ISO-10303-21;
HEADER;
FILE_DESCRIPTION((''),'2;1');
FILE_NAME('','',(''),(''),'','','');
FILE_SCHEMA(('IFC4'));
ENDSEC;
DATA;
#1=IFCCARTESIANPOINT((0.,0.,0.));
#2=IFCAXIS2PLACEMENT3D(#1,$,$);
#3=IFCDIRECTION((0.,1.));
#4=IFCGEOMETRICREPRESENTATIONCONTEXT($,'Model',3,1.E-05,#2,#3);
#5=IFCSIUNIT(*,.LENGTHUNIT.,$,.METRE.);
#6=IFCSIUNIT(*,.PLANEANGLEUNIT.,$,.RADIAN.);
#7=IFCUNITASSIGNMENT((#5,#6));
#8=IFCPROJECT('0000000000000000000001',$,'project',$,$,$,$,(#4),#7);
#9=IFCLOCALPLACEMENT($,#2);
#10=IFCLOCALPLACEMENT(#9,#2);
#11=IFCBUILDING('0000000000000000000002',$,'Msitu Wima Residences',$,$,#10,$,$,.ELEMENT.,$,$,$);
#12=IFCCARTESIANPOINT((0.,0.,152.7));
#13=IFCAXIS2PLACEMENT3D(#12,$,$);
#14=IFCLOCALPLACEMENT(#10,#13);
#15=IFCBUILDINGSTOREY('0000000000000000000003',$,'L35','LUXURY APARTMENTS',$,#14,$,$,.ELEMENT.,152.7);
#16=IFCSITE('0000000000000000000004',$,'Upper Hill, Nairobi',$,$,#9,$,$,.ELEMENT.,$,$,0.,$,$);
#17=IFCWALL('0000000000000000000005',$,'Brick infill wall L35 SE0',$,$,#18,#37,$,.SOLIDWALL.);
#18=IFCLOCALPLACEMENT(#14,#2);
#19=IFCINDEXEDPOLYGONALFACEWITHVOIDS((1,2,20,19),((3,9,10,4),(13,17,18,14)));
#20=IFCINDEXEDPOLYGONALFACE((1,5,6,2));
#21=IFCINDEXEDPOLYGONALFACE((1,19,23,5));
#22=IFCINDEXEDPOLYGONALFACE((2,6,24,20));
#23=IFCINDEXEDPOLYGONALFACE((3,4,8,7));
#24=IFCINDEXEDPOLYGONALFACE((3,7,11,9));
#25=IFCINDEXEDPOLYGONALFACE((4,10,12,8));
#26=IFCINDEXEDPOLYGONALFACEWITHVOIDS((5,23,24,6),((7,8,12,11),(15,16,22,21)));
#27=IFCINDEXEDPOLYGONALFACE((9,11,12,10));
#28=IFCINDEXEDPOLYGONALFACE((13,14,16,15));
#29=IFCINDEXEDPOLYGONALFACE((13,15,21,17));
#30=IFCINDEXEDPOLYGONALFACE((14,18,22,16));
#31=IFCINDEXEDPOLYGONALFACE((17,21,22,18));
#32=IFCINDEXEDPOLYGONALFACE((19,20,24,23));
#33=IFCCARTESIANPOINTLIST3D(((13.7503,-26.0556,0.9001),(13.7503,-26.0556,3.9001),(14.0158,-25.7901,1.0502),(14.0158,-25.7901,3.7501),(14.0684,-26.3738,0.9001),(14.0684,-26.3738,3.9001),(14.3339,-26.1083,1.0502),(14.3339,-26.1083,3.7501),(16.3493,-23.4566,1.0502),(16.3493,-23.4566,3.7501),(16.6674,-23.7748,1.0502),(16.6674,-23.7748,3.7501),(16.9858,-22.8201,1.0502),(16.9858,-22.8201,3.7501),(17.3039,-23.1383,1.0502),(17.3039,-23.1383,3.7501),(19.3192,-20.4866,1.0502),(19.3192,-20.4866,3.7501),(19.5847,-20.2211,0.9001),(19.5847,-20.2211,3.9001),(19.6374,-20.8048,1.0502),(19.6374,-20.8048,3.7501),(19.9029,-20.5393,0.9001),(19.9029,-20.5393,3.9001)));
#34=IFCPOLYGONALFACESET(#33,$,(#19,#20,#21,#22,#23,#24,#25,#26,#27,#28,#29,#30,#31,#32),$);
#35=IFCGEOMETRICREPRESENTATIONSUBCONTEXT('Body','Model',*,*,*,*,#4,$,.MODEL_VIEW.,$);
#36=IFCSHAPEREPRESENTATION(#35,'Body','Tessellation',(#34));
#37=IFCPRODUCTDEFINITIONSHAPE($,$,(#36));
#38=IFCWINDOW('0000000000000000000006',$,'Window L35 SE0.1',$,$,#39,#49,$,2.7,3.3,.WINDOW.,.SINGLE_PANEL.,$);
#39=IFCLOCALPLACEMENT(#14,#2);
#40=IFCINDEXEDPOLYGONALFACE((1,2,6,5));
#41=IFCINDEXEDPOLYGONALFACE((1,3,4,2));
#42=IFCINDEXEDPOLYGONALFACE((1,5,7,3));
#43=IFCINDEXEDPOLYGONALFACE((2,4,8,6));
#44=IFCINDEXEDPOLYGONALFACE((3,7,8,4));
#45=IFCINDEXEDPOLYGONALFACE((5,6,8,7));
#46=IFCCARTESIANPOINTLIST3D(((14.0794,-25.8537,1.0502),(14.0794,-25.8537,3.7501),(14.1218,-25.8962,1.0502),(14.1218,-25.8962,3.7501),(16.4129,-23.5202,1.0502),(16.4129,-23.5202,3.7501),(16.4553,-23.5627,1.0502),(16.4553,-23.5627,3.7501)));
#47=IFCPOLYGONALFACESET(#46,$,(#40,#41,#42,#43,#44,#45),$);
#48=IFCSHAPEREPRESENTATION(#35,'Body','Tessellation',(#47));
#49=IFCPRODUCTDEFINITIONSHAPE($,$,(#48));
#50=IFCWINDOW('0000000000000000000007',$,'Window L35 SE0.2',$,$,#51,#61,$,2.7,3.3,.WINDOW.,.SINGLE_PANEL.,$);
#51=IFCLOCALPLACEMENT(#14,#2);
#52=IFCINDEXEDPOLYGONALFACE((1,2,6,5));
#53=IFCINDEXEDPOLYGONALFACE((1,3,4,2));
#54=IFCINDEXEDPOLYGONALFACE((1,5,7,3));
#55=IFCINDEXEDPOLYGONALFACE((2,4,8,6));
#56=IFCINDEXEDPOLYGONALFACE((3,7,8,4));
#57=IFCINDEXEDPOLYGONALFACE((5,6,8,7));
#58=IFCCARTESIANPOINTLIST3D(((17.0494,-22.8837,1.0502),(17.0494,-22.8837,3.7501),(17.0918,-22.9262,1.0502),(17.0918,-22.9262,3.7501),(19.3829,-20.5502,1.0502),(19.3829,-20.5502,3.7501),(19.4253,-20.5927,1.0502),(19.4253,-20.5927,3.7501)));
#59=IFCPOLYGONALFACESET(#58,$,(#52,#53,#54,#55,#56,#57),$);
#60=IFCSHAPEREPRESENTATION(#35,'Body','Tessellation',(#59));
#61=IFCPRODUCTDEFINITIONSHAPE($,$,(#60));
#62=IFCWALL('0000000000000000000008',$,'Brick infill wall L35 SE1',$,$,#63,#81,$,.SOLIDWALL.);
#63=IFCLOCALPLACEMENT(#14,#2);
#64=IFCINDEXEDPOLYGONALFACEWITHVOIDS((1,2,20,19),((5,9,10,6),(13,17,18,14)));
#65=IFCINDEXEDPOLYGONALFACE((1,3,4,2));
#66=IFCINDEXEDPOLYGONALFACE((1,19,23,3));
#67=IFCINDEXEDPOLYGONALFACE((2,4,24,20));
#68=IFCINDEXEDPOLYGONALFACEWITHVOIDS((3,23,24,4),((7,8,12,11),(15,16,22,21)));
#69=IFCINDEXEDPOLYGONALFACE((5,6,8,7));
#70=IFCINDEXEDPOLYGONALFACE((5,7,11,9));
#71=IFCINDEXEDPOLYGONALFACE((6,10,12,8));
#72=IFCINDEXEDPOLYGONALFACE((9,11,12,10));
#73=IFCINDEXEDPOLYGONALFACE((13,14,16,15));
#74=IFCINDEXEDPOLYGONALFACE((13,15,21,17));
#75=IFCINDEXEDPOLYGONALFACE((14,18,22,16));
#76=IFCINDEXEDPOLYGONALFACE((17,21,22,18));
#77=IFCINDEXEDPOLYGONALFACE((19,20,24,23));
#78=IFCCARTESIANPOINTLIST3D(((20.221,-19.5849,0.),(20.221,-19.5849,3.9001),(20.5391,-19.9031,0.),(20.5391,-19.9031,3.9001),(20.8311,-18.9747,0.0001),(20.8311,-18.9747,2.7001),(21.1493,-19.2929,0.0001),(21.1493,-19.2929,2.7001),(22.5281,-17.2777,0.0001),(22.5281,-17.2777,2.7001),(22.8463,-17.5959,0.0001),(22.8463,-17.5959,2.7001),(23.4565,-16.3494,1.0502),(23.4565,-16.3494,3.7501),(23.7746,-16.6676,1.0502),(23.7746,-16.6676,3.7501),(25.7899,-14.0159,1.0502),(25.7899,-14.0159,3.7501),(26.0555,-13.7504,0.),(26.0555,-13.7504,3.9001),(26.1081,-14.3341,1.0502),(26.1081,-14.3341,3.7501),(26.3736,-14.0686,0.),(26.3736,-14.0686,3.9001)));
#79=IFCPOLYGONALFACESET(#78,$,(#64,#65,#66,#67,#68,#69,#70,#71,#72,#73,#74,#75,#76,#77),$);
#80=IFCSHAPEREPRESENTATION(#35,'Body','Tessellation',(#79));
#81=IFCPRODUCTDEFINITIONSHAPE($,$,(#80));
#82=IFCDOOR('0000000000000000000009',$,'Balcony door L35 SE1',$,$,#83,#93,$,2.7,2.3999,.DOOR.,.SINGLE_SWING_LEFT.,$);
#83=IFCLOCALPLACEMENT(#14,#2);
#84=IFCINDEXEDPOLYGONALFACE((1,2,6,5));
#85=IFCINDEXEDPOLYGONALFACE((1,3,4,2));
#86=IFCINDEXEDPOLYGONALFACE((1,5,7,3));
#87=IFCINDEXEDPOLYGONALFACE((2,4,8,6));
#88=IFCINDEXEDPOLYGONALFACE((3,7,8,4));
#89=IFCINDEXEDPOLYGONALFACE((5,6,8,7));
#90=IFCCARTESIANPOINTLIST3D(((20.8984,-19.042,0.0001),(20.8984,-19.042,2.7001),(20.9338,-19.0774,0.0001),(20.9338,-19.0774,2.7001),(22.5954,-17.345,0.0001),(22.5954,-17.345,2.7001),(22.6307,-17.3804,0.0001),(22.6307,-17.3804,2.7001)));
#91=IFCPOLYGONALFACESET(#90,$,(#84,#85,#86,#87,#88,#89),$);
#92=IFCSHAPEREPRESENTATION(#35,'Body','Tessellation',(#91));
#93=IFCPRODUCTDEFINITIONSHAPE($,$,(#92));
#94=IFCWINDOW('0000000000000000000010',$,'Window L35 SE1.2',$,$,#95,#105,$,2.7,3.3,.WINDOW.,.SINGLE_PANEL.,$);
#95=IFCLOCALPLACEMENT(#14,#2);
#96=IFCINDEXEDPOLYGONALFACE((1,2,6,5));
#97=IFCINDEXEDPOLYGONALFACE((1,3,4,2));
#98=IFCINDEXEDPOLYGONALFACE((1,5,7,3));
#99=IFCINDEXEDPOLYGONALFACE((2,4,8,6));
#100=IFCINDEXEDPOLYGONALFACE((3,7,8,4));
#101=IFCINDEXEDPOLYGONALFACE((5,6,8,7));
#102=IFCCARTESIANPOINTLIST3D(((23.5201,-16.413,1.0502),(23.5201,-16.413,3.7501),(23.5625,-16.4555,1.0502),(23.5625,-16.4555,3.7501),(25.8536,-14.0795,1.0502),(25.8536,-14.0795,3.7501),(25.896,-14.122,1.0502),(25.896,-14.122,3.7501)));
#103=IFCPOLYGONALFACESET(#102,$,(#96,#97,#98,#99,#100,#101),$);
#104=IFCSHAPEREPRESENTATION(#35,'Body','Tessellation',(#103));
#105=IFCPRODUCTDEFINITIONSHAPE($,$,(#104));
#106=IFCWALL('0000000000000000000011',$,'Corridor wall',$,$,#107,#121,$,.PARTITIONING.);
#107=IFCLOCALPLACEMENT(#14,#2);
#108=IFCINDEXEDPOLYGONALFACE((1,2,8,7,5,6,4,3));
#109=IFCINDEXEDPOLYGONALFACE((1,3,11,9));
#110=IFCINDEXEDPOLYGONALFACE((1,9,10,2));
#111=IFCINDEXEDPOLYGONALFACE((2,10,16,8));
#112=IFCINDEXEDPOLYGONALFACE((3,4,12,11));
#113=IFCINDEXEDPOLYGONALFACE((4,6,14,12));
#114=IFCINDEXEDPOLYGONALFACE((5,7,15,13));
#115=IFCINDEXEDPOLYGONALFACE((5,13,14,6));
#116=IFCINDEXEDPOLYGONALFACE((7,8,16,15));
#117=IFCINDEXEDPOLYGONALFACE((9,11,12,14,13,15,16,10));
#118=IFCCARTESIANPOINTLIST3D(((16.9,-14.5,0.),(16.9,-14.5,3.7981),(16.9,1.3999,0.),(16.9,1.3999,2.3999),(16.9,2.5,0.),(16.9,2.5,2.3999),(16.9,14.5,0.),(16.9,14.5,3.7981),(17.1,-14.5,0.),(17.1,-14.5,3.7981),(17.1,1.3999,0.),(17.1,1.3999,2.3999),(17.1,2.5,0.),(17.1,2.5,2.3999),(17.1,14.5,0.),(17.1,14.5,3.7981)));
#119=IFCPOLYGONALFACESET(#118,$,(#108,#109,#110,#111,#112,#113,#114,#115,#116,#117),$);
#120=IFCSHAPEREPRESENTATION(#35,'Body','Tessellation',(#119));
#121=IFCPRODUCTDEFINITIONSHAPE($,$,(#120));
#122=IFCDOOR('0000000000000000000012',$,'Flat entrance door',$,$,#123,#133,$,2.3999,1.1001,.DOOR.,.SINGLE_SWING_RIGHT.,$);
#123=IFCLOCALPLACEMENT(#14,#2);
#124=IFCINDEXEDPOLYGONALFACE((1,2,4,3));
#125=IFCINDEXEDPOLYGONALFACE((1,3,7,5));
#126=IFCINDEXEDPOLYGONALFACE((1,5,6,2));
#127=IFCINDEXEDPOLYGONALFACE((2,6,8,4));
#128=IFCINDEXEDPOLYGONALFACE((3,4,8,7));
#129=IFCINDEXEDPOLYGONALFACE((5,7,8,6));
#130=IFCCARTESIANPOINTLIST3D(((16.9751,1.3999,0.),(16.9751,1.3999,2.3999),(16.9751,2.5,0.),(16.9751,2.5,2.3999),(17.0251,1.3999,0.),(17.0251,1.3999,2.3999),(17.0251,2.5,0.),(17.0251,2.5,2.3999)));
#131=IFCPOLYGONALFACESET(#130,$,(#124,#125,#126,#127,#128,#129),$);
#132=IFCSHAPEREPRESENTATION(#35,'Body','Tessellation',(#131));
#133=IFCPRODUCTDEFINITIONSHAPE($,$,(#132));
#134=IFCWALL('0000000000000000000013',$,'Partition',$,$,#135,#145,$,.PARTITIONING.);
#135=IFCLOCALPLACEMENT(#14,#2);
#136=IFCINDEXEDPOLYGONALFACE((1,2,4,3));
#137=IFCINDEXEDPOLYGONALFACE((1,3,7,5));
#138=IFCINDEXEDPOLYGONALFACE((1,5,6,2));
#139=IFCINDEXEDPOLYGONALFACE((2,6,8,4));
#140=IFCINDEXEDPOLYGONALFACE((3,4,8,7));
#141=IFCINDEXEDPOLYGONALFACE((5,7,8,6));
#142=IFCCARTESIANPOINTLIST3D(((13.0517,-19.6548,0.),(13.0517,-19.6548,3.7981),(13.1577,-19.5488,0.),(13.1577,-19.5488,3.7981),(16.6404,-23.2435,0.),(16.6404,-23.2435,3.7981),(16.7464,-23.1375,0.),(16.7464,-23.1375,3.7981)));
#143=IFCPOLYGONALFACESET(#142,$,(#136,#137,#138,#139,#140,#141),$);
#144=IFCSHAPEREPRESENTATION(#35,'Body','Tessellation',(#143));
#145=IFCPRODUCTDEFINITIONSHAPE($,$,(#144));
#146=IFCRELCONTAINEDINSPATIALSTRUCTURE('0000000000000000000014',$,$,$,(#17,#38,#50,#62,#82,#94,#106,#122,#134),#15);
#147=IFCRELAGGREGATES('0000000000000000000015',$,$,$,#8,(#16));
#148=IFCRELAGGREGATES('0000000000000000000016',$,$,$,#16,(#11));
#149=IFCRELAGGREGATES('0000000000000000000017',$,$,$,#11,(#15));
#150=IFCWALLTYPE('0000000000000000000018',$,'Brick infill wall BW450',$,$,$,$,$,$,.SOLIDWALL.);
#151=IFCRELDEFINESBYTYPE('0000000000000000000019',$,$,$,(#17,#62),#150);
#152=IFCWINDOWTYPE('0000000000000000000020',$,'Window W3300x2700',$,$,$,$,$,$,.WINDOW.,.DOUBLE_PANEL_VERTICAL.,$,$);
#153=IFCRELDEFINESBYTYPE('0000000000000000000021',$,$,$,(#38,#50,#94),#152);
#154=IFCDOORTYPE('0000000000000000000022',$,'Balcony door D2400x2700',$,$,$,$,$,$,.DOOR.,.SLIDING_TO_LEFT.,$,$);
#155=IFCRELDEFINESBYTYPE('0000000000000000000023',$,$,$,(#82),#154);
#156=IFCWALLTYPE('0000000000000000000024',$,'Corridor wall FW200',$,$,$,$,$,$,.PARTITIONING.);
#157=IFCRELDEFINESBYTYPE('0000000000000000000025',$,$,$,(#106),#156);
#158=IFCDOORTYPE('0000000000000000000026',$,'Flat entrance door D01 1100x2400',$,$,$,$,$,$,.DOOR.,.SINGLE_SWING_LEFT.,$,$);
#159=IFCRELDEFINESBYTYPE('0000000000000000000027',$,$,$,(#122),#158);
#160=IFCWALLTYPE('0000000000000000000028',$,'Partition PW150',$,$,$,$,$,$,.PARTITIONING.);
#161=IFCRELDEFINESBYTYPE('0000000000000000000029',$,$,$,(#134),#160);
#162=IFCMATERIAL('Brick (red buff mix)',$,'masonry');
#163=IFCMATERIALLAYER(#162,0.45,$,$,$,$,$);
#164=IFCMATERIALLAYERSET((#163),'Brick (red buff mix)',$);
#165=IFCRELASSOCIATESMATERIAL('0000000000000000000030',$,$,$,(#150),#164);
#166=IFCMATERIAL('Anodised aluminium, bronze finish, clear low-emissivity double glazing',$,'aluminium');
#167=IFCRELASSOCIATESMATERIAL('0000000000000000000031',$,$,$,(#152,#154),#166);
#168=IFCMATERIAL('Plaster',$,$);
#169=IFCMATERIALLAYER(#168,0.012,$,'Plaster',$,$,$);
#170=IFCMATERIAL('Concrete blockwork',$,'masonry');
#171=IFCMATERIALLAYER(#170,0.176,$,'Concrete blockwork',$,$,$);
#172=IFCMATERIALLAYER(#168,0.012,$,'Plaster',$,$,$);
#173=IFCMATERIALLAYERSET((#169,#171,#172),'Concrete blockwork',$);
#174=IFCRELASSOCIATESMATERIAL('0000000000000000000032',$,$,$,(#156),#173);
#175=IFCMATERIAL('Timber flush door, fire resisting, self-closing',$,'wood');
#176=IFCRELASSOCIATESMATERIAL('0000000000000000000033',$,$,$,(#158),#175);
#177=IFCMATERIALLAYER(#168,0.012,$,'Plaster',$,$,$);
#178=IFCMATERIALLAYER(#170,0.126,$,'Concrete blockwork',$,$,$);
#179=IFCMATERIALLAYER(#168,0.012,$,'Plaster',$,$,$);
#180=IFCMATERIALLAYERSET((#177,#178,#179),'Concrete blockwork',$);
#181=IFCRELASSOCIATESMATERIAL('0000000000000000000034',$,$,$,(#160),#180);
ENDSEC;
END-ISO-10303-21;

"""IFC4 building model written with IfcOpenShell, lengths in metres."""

from ifc_helpers import new_model, si_unit, direction, frame, frame_2d, origin, place, context, subcontext, project, spatial, rectangle, extrude, material, layer, layer_set, type_object, element, fill, save


model = new_model("IFC4")

# Units and contexts
model_context = context("Model", 3, precision=1e-05, world=origin(), true_north=direction((0.0, 1.0)))
body_context = subcontext(model_context, "Body", "Model", "MODEL_VIEW")
ifc_project = project(units=[si_unit("LENGTHUNIT", "METRE"), si_unit("PLANEANGLEUNIT", "RADIAN")], contexts=[model_context])

# Site, building, storey
site_placement = place(None, origin())
site = spatial("IfcSite", under=ifc_project, at=site_placement, Name="Upper Hill, Nairobi", CompositionType="ELEMENT", RefElevation=0.0)
building_placement = place(site_placement, origin())
building = spatial("IfcBuilding", under=site, at=building_placement, Name="Msitu Wima Residences", CompositionType="ELEMENT")
storey_placement = place(building_placement, frame((0.0, 0.0, 152.7)))
storey = spatial("IfcBuildingStorey", under=building, at=storey_placement, Name="L35", Description="LUXURY APARTMENTS", CompositionType="ELEMENT", Elevation=152.7)

# Wall, openings, windows
ifc_material_1 = material(Name="Brick (red buff mix)", Category="masonry")
ifc_layer_1 = layer(ifc_material_1, 0.45)
ifc_layer_set_1 = layer_set([ifc_layer_1], Name="Brick (red buff mix)")
wall_type_1 = type_object("IfcWallType", Name="Brick infill wall BW450", PredefinedType="SOLIDWALL", material=ifc_layer_set_1)
wall_1_placement = place(storey_placement, frame((13.9094, -26.2146, 0.9001), z_axis=(0.0, 0.0, 1.0), x_axis=(0.707107, 0.707107, 0.0)))
wall_1 = element("IfcWall", 1, at=wall_1_placement, inside=storey, type_object=wall_type_1, Name="Brick infill wall L35 SE0", PredefinedType="SOLIDWALL", context=body_context, shape_type="SweptSolid", body=[
    extrude(rectangle(XDim=8.2512, YDim=0.45, at=frame_2d((4.1255, 0.0))), origin(), (0.0, 0.0, 1.0), 3.0),
])
opening_1_placement = place(wall_1_placement, frame((0.3755, 0.0, 0.1499)))
opening_1 = element("IfcOpeningElement", 2, at=opening_1_placement, cuts=wall_1, PredefinedType="OPENING", context=body_context, shape_type="SweptSolid", body=[
    extrude(rectangle(XDim=3.3, YDim=2.7, at=frame_2d((1.6499, 1.3501))), frame((0.0, 0.2349, 0.0), z_axis=(0.0, -1.0, 0.0), x_axis=(1.0, 0.0, 0.0)), (0.0, 0.0, 1.0), 0.47),
])
opening_2_placement = place(wall_1_placement, frame((4.5757, 0.0, 0.1499)))
opening_2 = element("IfcOpeningElement", 3, at=opening_2_placement, cuts=wall_1, PredefinedType="OPENING", context=body_context, shape_type="SweptSolid", body=[
    extrude(rectangle(XDim=3.3, YDim=2.7, at=frame_2d((1.6499, 1.3501))), frame((0.0, 0.2349, 0.0), z_axis=(0.0, -1.0, 0.0), x_axis=(1.0, 0.0, 0.0)), (0.0, 0.0, 1.0), 0.47),
])
ifc_material_2 = material(Name="Anodised aluminium, bronze finish, clear low-emissivity double glazing", Category="aluminium")
window_type = type_object("IfcWindowType", Name="Window W3300x2700", PartitioningType="DOUBLE_PANEL_VERTICAL", PredefinedType="WINDOW", material=ifc_material_2)
window_1_placement = place(opening_1_placement, origin())
window_1 = element("IfcWindow", 4, at=window_1_placement, inside=storey, type_object=window_type, Name="Window L35 SE0.1", OverallHeight=2.7, OverallWidth=3.3, PartitioningType="SINGLE_PANEL", PredefinedType="WINDOW", context=body_context, shape_type="SweptSolid", body=[
    extrude(rectangle(XDim=3.3, YDim=2.7, at=frame_2d((1.6499, 1.3501))), frame((0.0, 0.135, 0.0), z_axis=(0.0, -1.0, 0.0), x_axis=(1.0, 0.0, 0.0)), (0.0, 0.0, 1.0), 0.0601),
])
fill(opening_1, window_1)
window_2_placement = place(opening_2_placement, origin())
window_2 = element("IfcWindow", 5, at=window_2_placement, inside=storey, type_object=window_type, Name="Window L35 SE0.2", OverallHeight=2.7, OverallWidth=3.3, PartitioningType="SINGLE_PANEL", PredefinedType="WINDOW", context=body_context, shape_type="SweptSolid", body=[
    extrude(rectangle(XDim=3.3, YDim=2.7, at=frame_2d((1.6499, 1.3501))), frame((0.0, 0.135, 0.0), z_axis=(0.0, -1.0, 0.0), x_axis=(1.0, 0.0, 0.0)), (0.0, 0.0, 1.0), 0.0601),
])
fill(opening_2, window_2)

# Wall, openings, door, window
wall_2_placement = place(storey_placement, frame((20.3801, -19.7439, 0.0), z_axis=(0.0, 0.0, 1.0), x_axis=(0.707107, 0.707107, 0.0)))
wall_2 = element("IfcWall", 6, at=wall_2_placement, inside=storey, type_object=wall_type_1, Name="Brick infill wall L35 SE1", PredefinedType="SOLIDWALL", context=body_context, shape_type="SweptSolid", body=[
    extrude(rectangle(XDim=8.2512, YDim=0.45, at=frame_2d((4.1255, 0.0))), origin(), (0.0, 0.0, 1.0), 3.9001),
])
opening_3_placement = place(wall_2_placement, frame((0.8628, 0.0, 0.0)))
opening_3 = element("IfcOpeningElement", 7, at=opening_3_placement, cuts=wall_2, PredefinedType="OPENING", context=body_context, shape_type="SweptSolid", body=[
    extrude(rectangle(XDim=2.3999, YDim=2.7, at=frame_2d((1.2, 1.3501))), frame((0.0, 0.2349, 0.0), z_axis=(0.0, -1.0, 0.0), x_axis=(1.0, 0.0, 0.0)), (0.0, 0.0, 1.0), 0.47),
])
opening_4_placement = place(wall_2_placement, frame((4.5757, 0.0, 1.05)))
opening_4 = element("IfcOpeningElement", 8, at=opening_4_placement, cuts=wall_2, PredefinedType="OPENING", context=body_context, shape_type="SweptSolid", body=[
    extrude(rectangle(XDim=3.3, YDim=2.7, at=frame_2d((1.6499, 1.3501))), frame((0.0, 0.2349, 0.0), z_axis=(0.0, -1.0, 0.0), x_axis=(1.0, 0.0, 0.0)), (0.0, 0.0, 1.0), 0.47),
])
door_type_1 = type_object("IfcDoorType", Name="Balcony door D2400x2700", OperationType="SLIDING_TO_LEFT", PredefinedType="DOOR", material=ifc_material_2)
door_1_placement = place(opening_3_placement, origin())
door_1 = element("IfcDoor", 9, at=door_1_placement, inside=storey, type_object=door_type_1, Name="Balcony door L35 SE1", OperationType="SINGLE_SWING_LEFT", OverallHeight=2.7, OverallWidth=2.3999, PredefinedType="DOOR", context=body_context, shape_type="SweptSolid", body=[
    extrude(rectangle(XDim=2.3999, YDim=2.7, at=frame_2d((1.2, 1.3501))), frame((0.0, 0.1299, 0.0), z_axis=(0.0, -1.0, 0.0), x_axis=(1.0, 0.0, 0.0)), (0.0, 0.0, 1.0), 0.05),
])
fill(opening_3, door_1)
window_3_placement = place(opening_4_placement, origin())
window_3 = element("IfcWindow", 10, at=window_3_placement, inside=storey, type_object=window_type, Name="Window L35 SE1.2", OverallHeight=2.7, OverallWidth=3.3, PartitioningType="SINGLE_PANEL", PredefinedType="WINDOW", context=body_context, shape_type="SweptSolid", body=[
    extrude(rectangle(XDim=3.3, YDim=2.7, at=frame_2d((1.6499, 1.3501))), frame((0.0, 0.135, 0.0), z_axis=(0.0, -1.0, 0.0), x_axis=(1.0, 0.0, 0.0)), (0.0, 0.0, 1.0), 0.0601),
])
fill(opening_4, window_3)

# Wall, opening, door
ifc_material_3 = material(Name="Plaster")
ifc_layer_2 = layer(ifc_material_3, 0.012, Name="Plaster")
ifc_material_4 = material(Name="Concrete blockwork", Category="masonry")
ifc_layer_3 = layer(ifc_material_4, 0.176, Name="Concrete blockwork")
ifc_layer_4 = layer(ifc_material_3, 0.012, Name="Plaster")
ifc_layer_set_2 = layer_set([ifc_layer_2, ifc_layer_3, ifc_layer_4], Name="Concrete blockwork")
wall_type_2 = type_object("IfcWallType", Name="Corridor wall FW200", PredefinedType="PARTITIONING", material=ifc_layer_set_2)
wall_3_placement = place(storey_placement, frame((17.0, -14.5, 0.0), z_axis=(0.0, 0.0, 1.0), x_axis=(0.0, 1.0, 0.0)))
wall_3 = element("IfcWall", 11, at=wall_3_placement, inside=storey, type_object=wall_type_2, Name="Corridor wall", PredefinedType="PARTITIONING", context=body_context, shape_type="SweptSolid", body=[
    extrude(rectangle(XDim=29.0, YDim=0.2, at=frame_2d((14.5, 0.0))), origin(), (0.0, 0.0, 1.0), 3.7981),
])
opening_5_placement = place(wall_3_placement, frame((15.8999, 0.0, 0.0)))
opening_5 = element("IfcOpeningElement", 12, at=opening_5_placement, cuts=wall_3, PredefinedType="OPENING", context=body_context, shape_type="SweptSolid", body=[
    extrude(rectangle(XDim=1.1001, YDim=2.3999, at=frame_2d((0.55, 1.2))), frame((0.0, 0.1099, 0.0), z_axis=(0.0, -1.0, 0.0), x_axis=(1.0, 0.0, 0.0)), (0.0, 0.0, 1.0), 0.22),
])
ifc_material_5 = material(Name="Timber flush door, fire resisting, self-closing", Category="wood")
door_type_2 = type_object("IfcDoorType", Name="Flat entrance door D01 1100x2400", OperationType="SINGLE_SWING_LEFT", PredefinedType="DOOR", material=ifc_material_5)
door_2_placement = place(opening_5_placement, origin())
door_2 = element("IfcDoor", 13, at=door_2_placement, inside=storey, type_object=door_type_2, Name="Flat entrance door", OperationType="SINGLE_SWING_RIGHT", OverallHeight=2.3999, OverallWidth=1.1001, PredefinedType="DOOR", context=body_context, shape_type="SweptSolid", body=[
    extrude(rectangle(XDim=1.1001, YDim=2.3999, at=frame_2d((0.55, 1.2))), frame((0.0, 0.0249, 0.0), z_axis=(0.0, -1.0, 0.0), x_axis=(1.0, 0.0, 0.0)), (0.0, 0.0, 1.0), 0.05),
])
fill(opening_5, door_2)

# Wall
ifc_layer_5 = layer(ifc_material_3, 0.012, Name="Plaster")
ifc_layer_6 = layer(ifc_material_4, 0.126, Name="Concrete blockwork")
ifc_layer_7 = layer(ifc_material_3, 0.012, Name="Plaster")
ifc_layer_set_3 = layer_set([ifc_layer_5, ifc_layer_6, ifc_layer_7], Name="Concrete blockwork")
wall_type_3 = type_object("IfcWallType", Name="Partition PW150", PredefinedType="PARTITIONING", material=ifc_layer_set_3)
wall_4_placement = place(storey_placement, frame((13.1047, -19.6018, 0.0), z_axis=(0.0, 0.0, 1.0), x_axis=(0.707107, -0.707107, 0.0)))
element("IfcWall", 14, at=wall_4_placement, inside=storey, type_object=wall_type_3, Name="Partition", PredefinedType="PARTITIONING", context=body_context, shape_type="SweptSolid", body=[
    extrude(rectangle(XDim=5.0752, YDim=0.1499, at=frame_2d((2.5376, 0.0))), origin(), (0.0, 0.0, 1.0), 3.7981),
])

save(model, "model.ifc")
